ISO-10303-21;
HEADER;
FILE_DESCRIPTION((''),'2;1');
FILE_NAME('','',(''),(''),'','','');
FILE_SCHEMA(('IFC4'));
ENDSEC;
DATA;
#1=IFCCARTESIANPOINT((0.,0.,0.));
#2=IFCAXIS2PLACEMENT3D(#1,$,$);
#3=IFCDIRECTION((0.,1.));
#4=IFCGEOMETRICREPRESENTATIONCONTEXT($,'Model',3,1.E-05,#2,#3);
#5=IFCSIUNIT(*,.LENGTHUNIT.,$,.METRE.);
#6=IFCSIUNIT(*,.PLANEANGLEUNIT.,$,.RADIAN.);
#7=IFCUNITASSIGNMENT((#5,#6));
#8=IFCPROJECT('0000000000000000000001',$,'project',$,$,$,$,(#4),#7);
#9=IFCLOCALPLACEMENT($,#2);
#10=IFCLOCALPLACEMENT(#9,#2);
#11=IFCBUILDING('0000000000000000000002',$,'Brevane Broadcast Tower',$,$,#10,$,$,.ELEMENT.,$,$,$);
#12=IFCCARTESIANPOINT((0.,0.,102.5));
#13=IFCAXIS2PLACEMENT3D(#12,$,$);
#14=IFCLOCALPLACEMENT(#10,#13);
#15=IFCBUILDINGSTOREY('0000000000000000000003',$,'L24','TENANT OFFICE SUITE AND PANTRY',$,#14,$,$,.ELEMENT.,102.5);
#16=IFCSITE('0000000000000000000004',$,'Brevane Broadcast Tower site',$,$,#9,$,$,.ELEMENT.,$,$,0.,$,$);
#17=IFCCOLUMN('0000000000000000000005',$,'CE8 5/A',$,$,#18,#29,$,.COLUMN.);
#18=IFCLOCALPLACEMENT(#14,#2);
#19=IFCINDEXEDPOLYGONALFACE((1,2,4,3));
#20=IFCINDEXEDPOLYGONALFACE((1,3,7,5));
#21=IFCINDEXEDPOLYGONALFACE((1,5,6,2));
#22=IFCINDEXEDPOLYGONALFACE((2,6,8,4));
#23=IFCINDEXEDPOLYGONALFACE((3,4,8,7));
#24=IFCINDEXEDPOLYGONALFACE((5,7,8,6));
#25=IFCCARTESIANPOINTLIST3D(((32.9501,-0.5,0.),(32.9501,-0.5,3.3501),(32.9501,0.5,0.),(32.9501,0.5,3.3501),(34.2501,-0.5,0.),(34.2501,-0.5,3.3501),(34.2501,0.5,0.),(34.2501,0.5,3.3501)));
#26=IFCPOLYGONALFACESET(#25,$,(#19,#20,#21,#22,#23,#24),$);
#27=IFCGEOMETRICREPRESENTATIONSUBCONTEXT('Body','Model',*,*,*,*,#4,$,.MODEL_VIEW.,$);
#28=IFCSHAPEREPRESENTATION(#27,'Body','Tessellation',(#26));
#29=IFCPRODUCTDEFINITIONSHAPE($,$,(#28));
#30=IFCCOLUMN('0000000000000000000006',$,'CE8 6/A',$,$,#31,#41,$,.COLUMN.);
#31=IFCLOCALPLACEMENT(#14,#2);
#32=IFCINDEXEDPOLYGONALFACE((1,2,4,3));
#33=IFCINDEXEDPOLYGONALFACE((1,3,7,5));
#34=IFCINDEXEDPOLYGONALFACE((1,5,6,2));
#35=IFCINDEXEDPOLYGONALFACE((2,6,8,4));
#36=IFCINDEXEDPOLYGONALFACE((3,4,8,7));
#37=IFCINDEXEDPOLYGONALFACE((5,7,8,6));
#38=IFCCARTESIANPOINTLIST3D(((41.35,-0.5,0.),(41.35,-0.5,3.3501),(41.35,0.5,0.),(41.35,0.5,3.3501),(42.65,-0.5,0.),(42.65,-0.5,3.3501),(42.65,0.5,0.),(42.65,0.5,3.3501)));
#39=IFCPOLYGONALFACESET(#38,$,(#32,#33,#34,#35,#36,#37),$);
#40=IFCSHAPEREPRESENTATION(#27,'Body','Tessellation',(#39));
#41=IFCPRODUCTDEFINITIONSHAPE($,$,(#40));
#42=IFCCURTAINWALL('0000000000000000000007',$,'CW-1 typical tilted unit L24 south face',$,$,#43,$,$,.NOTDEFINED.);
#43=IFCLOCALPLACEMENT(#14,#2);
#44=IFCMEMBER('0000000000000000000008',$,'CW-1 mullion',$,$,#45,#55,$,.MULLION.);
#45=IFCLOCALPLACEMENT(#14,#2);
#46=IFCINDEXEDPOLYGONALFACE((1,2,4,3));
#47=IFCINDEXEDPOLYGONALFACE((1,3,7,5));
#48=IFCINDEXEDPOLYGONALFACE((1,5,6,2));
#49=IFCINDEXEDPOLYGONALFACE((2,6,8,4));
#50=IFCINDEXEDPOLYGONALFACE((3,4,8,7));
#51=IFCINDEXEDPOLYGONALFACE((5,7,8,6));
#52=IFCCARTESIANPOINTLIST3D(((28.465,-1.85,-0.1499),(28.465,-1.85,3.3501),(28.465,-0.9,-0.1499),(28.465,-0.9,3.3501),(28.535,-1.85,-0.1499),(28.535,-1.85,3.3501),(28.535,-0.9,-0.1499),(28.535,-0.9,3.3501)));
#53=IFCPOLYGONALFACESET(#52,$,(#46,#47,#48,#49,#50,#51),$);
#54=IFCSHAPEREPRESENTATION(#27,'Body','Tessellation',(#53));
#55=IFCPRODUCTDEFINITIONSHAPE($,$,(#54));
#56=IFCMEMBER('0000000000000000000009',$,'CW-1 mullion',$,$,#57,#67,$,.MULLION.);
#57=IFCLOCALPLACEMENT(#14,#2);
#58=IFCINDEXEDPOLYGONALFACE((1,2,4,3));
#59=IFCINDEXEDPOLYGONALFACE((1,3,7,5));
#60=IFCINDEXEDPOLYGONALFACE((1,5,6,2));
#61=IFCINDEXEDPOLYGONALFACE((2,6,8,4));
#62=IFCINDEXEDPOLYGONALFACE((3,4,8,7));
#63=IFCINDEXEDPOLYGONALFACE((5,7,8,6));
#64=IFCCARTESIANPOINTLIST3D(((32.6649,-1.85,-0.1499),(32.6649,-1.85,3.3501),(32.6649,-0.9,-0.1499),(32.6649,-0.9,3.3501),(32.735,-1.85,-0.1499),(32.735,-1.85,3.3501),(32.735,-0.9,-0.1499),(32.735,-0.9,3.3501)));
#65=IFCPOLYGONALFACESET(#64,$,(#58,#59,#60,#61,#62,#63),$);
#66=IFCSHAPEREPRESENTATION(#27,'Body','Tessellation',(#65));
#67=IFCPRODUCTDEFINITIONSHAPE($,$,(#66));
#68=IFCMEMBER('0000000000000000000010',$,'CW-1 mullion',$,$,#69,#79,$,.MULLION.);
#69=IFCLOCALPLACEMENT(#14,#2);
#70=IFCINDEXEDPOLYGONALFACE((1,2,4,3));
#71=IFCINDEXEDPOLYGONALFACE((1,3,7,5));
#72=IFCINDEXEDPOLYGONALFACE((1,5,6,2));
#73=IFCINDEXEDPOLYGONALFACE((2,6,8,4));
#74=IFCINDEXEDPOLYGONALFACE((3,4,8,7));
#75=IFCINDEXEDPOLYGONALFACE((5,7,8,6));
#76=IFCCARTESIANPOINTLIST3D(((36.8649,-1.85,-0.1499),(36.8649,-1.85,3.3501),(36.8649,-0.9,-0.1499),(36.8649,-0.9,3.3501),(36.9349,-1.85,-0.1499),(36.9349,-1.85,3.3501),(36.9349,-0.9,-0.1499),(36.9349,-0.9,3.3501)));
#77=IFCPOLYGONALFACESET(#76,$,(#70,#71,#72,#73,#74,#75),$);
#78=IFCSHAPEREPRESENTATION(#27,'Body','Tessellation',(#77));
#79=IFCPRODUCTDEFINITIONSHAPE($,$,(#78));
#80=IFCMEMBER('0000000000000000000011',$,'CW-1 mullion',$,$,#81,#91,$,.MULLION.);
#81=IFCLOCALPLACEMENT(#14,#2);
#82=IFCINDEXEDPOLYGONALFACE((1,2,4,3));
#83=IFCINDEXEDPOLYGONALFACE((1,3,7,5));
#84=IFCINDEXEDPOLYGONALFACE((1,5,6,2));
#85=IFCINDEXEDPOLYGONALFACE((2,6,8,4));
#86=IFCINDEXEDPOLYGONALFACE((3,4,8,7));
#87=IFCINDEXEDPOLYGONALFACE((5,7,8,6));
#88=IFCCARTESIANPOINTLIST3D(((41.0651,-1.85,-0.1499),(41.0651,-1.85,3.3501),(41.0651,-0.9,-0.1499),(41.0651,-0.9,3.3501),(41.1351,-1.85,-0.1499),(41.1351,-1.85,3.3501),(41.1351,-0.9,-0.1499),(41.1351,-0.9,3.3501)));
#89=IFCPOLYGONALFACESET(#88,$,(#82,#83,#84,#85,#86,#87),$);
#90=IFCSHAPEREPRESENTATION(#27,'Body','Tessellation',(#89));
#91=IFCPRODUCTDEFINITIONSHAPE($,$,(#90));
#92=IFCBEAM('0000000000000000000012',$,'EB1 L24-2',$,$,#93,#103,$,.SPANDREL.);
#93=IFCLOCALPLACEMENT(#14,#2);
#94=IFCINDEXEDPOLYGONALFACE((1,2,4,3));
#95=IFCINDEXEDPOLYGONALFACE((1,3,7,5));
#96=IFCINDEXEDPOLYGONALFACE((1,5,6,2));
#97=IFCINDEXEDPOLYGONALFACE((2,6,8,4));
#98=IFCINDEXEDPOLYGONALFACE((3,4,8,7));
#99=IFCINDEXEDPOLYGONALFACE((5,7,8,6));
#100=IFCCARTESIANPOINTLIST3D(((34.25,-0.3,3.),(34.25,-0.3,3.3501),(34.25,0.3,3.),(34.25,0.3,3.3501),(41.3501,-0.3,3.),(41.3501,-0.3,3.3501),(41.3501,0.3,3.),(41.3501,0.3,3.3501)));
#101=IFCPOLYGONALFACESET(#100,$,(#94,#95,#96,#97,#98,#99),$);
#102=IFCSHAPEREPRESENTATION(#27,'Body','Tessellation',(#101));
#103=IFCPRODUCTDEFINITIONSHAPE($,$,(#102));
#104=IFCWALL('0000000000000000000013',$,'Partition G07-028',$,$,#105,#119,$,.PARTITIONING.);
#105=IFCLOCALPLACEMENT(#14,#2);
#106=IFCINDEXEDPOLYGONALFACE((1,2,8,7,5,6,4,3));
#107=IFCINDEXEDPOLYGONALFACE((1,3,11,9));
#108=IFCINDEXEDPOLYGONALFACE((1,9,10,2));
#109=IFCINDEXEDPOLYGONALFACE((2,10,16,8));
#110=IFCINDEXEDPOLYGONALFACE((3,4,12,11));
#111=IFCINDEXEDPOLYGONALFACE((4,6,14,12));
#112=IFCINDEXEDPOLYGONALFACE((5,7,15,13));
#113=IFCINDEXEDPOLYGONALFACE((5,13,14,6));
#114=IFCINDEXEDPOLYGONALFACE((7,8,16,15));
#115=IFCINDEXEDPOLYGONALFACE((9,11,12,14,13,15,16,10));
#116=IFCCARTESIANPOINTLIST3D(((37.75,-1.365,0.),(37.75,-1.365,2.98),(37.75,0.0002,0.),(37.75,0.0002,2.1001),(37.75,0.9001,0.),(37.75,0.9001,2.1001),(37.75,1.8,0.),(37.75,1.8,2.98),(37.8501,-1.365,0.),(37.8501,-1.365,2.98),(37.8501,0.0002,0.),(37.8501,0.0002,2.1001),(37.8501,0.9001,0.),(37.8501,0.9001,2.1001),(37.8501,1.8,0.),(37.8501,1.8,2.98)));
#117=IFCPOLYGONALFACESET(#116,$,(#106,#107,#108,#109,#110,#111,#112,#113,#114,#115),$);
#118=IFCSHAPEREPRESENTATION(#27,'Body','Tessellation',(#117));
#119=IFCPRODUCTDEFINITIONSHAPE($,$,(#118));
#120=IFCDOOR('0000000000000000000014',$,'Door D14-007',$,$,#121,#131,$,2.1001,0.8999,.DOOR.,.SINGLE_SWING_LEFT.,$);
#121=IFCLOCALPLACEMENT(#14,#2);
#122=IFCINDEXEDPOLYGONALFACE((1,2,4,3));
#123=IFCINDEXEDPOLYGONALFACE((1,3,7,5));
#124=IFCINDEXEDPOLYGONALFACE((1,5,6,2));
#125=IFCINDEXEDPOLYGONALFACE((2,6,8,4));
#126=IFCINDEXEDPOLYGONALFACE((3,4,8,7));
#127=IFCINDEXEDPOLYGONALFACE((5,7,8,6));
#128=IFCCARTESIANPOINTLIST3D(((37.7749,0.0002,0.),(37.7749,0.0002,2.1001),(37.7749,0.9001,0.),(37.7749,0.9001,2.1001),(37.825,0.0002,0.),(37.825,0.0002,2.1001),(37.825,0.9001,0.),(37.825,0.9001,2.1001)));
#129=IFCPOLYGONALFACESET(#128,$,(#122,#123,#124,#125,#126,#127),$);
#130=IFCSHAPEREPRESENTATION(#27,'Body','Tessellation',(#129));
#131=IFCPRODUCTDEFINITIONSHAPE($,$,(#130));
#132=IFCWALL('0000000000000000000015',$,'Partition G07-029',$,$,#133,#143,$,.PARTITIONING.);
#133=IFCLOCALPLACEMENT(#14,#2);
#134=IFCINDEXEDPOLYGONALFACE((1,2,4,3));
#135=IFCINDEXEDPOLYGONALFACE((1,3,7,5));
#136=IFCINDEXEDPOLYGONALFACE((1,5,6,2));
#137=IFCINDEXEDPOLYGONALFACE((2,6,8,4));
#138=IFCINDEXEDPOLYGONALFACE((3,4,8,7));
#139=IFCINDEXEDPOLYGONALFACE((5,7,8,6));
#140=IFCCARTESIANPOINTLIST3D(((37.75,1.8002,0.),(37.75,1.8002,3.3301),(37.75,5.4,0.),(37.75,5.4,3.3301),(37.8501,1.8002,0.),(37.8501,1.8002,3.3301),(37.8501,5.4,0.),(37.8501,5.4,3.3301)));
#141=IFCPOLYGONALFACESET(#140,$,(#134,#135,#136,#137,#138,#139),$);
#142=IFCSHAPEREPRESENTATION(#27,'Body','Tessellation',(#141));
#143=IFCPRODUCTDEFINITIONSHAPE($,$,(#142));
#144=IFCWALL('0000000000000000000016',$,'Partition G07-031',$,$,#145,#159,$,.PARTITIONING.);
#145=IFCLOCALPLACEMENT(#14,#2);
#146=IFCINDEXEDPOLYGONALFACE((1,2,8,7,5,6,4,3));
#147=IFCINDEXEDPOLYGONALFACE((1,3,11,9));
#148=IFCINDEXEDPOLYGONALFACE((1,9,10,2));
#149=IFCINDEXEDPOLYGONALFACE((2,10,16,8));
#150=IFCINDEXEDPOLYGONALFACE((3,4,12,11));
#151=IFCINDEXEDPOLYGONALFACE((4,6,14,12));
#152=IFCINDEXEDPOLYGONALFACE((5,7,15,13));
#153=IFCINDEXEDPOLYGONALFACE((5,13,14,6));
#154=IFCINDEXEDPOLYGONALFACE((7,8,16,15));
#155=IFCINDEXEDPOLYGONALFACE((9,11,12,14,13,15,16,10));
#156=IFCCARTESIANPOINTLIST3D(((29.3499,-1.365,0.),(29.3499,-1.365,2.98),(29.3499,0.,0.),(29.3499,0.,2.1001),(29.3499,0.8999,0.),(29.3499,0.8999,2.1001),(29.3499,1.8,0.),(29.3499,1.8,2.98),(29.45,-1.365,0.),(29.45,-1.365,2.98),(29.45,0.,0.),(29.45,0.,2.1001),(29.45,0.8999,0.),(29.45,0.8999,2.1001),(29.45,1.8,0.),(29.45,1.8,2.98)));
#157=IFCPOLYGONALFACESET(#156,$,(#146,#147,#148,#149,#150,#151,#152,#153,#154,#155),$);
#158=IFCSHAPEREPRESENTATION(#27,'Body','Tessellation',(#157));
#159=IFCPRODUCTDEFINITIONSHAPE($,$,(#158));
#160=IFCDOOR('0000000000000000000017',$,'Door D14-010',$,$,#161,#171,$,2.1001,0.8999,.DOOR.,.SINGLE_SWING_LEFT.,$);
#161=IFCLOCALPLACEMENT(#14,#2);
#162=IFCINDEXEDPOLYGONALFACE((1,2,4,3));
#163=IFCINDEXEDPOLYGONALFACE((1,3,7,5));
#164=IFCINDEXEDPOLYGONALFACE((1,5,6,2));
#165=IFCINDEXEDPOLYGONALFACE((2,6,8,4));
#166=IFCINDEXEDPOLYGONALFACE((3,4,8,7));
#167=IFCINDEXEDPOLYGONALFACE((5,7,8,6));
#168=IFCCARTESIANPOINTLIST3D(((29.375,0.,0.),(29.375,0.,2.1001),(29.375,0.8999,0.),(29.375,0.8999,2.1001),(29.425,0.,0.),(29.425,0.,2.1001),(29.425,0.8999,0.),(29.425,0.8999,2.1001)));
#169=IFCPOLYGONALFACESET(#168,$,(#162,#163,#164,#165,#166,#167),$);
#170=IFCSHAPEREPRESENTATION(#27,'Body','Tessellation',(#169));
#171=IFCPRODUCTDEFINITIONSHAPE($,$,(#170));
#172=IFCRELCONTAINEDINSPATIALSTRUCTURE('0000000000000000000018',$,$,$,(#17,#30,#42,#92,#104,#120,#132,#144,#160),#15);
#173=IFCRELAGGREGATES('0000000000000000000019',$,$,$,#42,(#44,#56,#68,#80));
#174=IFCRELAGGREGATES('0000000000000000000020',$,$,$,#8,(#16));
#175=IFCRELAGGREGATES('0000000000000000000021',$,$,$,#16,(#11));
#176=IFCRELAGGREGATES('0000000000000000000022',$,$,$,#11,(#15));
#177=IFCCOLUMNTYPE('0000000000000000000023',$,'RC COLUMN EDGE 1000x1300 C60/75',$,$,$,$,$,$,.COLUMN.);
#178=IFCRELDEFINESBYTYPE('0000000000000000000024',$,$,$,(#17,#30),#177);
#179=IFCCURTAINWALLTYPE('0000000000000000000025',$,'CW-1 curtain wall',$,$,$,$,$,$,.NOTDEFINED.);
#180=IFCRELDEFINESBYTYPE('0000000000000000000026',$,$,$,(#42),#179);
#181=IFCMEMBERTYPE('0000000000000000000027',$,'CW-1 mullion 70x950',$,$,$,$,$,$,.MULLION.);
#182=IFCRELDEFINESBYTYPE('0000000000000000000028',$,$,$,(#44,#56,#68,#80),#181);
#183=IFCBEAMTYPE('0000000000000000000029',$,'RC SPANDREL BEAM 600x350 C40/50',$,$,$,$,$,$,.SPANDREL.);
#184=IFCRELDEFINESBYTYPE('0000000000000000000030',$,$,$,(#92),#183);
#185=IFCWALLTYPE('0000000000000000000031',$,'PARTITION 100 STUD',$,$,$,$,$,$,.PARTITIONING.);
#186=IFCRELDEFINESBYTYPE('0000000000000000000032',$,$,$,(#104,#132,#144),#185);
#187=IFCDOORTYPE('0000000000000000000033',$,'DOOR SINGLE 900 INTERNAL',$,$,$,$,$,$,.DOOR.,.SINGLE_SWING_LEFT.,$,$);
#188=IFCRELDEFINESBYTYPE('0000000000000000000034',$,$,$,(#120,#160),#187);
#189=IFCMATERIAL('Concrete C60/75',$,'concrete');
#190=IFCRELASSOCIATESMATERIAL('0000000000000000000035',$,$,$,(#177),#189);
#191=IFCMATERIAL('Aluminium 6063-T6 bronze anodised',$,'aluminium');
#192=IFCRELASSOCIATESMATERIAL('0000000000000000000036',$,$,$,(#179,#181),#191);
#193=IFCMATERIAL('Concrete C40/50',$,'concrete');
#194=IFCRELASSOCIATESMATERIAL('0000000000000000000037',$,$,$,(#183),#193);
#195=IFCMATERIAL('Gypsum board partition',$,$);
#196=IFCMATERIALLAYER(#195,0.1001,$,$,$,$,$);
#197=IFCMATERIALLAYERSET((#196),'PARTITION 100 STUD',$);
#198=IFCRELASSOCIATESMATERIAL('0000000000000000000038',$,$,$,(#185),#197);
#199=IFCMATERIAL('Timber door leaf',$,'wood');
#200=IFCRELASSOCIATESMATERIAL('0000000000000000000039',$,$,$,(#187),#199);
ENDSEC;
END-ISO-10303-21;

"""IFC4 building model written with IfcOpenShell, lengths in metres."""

from ifc_helpers import new_model, si_unit, direction, frame, frame_2d, origin, origin_2d, place, context, subcontext, project, spatial, rectangle, extrude, material, layer, layer_set, material_profile, profile_set, type_object, element, fill, aggregate, save


model = new_model("IFC4")

# Units and contexts
model_context = context("Model", 3, precision=1e-05, world=origin(), true_north=direction((0.0, 1.0)))
body_context = subcontext(model_context, "Body", "Model", "MODEL_VIEW")
ifc_project = project(units=[si_unit("LENGTHUNIT", "METRE"), si_unit("PLANEANGLEUNIT", "RADIAN")], contexts=[model_context])

# Site, building, storey
site_placement = place(None, origin())
site = spatial("IfcSite", under=ifc_project, at=site_placement, Name="Brevane Broadcast Tower site", CompositionType="ELEMENT", RefElevation=0.0)
building_placement = place(site_placement, origin())
building = spatial("IfcBuilding", under=site, at=building_placement, Name="Brevane Broadcast Tower", CompositionType="ELEMENT")
storey_placement = place(building_placement, frame((0.0, 0.0, 102.5)))
storey = spatial("IfcBuildingStorey", under=building, at=storey_placement, Name="L24", Description="TENANT OFFICE SUITE AND PANTRY", CompositionType="ELEMENT", Elevation=102.5)

# Columns
ifc_material_1 = material(Name="Concrete C60/75", Category="concrete")
ifc_material_profile_1 = material_profile(ifc_material_1, rectangle(XDim=1.0, YDim=1.3, at=origin_2d()), Name="RC 1000x1300")
ifc_profile_set_1 = profile_set([ifc_material_profile_1], Name="Concrete C60/75")
column_type = type_object("IfcColumnType", Name="RC COLUMN EDGE 1000x1300 C60/75", PredefinedType="COLUMN", material=ifc_profile_set_1)
for number, where, z_axis, x_axis, name in (
    (1, (33.6001, 0.0, 0.0), (0.0, 0.0, 1.0), (0.0, 1.0, 0.0), "CE8 5/A"),
    (2, (42.0, 0.0, 0.0), (0.0, 0.0, 1.0), (0.0, 1.0, 0.0), "CE8 6/A"),
):
    element("IfcColumn", number, at=place(storey_placement, frame(where, z_axis=z_axis, x_axis=x_axis)), inside=storey, type_object=column_type, Name=name, PredefinedType="COLUMN", context=body_context, shape_type="SweptSolid", body=[
        extrude(rectangle(XDim=1.0, YDim=1.3, at=origin_2d()), origin(), (0.0, 0.0, 1.0), 3.3501),
    ])

# Curtain wall, members
ifc_material_2 = material(Name="Aluminium 6063-T6 bronze anodised", Category="aluminium")
curtain_wall_type = type_object("IfcCurtainWallType", Name="CW-1 curtain wall", PredefinedType="NOTDEFINED", material=ifc_material_2)
curtain_wall_placement = place(storey_placement, origin())
curtain_wall = element("IfcCurtainWall", 3, at=curtain_wall_placement, inside=storey, type_object=curtain_wall_type, Name="CW-1 typical tilted unit L24 south face", PredefinedType="NOTDEFINED")
ifc_material_profile_2 = material_profile(ifc_material_2, rectangle(XDim=0.95, YDim=0.0701, at=origin_2d()), Name="RECT 70x950")
ifc_profile_set_2 = profile_set([ifc_material_profile_2], Name="Aluminium 6063-T6 bronze anodised")
member_type = type_object("IfcMemberType", Name="CW-1 mullion 70x950", PredefinedType="MULLION", material=ifc_profile_set_2)
member_1_placement = place(storey_placement, frame((28.5, -1.375, -0.1499), z_axis=(0.0, 0.0, 1.0), x_axis=(0.0, 1.0, 0.0)))
member_1 = element("IfcMember", 4, at=member_1_placement, type_object=member_type, Name="CW-1 mullion", PredefinedType="MULLION", context=body_context, shape_type="SweptSolid", body=[
    extrude(rectangle(XDim=0.95, YDim=0.0701, at=origin_2d()), origin(), (0.0, 0.0, 1.0), 3.5),
])
member_2_placement = place(storey_placement, frame((32.7, -1.375, -0.1499), z_axis=(0.0, 0.0, 1.0), x_axis=(0.0, 1.0, 0.0)))
member_2 = element("IfcMember", 5, at=member_2_placement, type_object=member_type, Name="CW-1 mullion", PredefinedType="MULLION", context=body_context, shape_type="SweptSolid", body=[
    extrude(rectangle(XDim=0.95, YDim=0.0701, at=origin_2d()), origin(), (0.0, 0.0, 1.0), 3.5),
])
member_3_placement = place(storey_placement, frame((36.8999, -1.375, -0.1499), z_axis=(0.0, 0.0, 1.0), x_axis=(0.0, 1.0, 0.0)))
member_3 = element("IfcMember", 6, at=member_3_placement, type_object=member_type, Name="CW-1 mullion", PredefinedType="MULLION", context=body_context, shape_type="SweptSolid", body=[
    extrude(rectangle(XDim=0.95, YDim=0.0701, at=origin_2d()), origin(), (0.0, 0.0, 1.0), 3.5),
])
member_4_placement = place(storey_placement, frame((41.1001, -1.375, -0.1499), z_axis=(0.0, 0.0, 1.0), x_axis=(0.0, 1.0, 0.0)))
member_4 = element("IfcMember", 7, at=member_4_placement, type_object=member_type, Name="CW-1 mullion", PredefinedType="MULLION", context=body_context, shape_type="SweptSolid", body=[
    extrude(rectangle(XDim=0.95, YDim=0.0701, at=origin_2d()), origin(), (0.0, 0.0, 1.0), 3.5),
])
aggregate(curtain_wall, [member_1, member_2, member_3, member_4])

# Beam
ifc_material_3 = material(Name="Concrete C40/50", Category="concrete")
ifc_material_profile_3 = material_profile(ifc_material_3, rectangle(XDim=0.6001, YDim=0.3501, at=origin_2d()), Name="RC 600x350")
ifc_profile_set_3 = profile_set([ifc_material_profile_3], Name="Concrete C40/50")
beam_type = type_object("IfcBeamType", Name="RC SPANDREL BEAM 600x350 C40/50", PredefinedType="SPANDREL", material=ifc_profile_set_3)
beam_placement = place(storey_placement, frame((34.25, 0.0, 3.175), z_axis=(1.0, 0.0, 0.0), x_axis=(0.0, 1.0, 0.0)))
element("IfcBeam", 8, at=beam_placement, inside=storey, type_object=beam_type, Name="EB1 L24-2", PredefinedType="SPANDREL", context=body_context, shape_type="SweptSolid", body=[
    extrude(rectangle(XDim=0.6001, YDim=0.3501, at=origin_2d()), origin(), (0.0, 0.0, 1.0), 7.1001),
])

# Wall, opening, door
ifc_material_4 = material(Name="Gypsum board partition")
ifc_layer_1 = layer(ifc_material_4, 0.1001)
ifc_layer_set_1 = layer_set([ifc_layer_1], Name="PARTITION 100 STUD")
wall_type_1 = type_object("IfcWallType", Name="PARTITION 100 STUD", PredefinedType="PARTITIONING", material=ifc_layer_set_1)
wall_1_placement = place(storey_placement, frame((37.8, 1.8, 0.0), z_axis=(0.0, 0.0, 1.0), x_axis=(0.0, -1.0, 0.0)))
wall_1 = element("IfcWall", 9, at=wall_1_placement, inside=storey, type_object=wall_type_1, Name="Partition G07-028", PredefinedType="PARTITIONING", context=body_context, shape_type="SweptSolid", body=[
    extrude(rectangle(XDim=3.165, YDim=0.1001, at=frame_2d((1.5825, 0.0))), origin(), (0.0, 0.0, 1.0), 2.98),
])
opening_1_placement = place(wall_1_placement, frame((0.8999, 0.0, 0.0)))
opening_1 = element("IfcOpeningElement", 10, at=opening_1_placement, cuts=wall_1, PredefinedType="OPENING", context=body_context, shape_type="SweptSolid", body=[
    extrude(rectangle(XDim=0.8999, YDim=2.1001, at=frame_2d((0.45, 1.05))), frame((0.0, 0.0601, 0.0), z_axis=(0.0, -1.0, 0.0), x_axis=(1.0, 0.0, 0.0)), (0.0, 0.0, 1.0), 0.1201),
])
ifc_material_5 = material(Name="Timber door leaf", Category="wood")
door_type = type_object("IfcDoorType", Name="DOOR SINGLE 900 INTERNAL", OperationType="SINGLE_SWING_LEFT", PredefinedType="DOOR", material=ifc_material_5)
door_1_placement = place(opening_1_placement, origin())
door_1 = element("IfcDoor", 11, at=door_1_placement, inside=storey, type_object=door_type, Name="Door D14-007", OperationType="SINGLE_SWING_LEFT", OverallHeight=2.1001, OverallWidth=0.8999, PredefinedType="DOOR", context=body_context, shape_type="SweptSolid", body=[
    extrude(rectangle(XDim=0.8999, YDim=2.1001, at=frame_2d((0.45, 1.05))), frame((0.0, 0.0249, 0.0), z_axis=(0.0, -1.0, 0.0), x_axis=(1.0, 0.0, 0.0)), (0.0, 0.0, 1.0), 0.05),
])
fill(opening_1, door_1)

# Wall
wall_2_placement = place(storey_placement, frame((37.8, 5.3999, 0.0), z_axis=(0.0, 0.0, 1.0), x_axis=(0.0, -1.0, 0.0)))
element("IfcWall", 12, at=wall_2_placement, inside=storey, type_object=wall_type_1, Name="Partition G07-029", PredefinedType="PARTITIONING", context=body_context, shape_type="SweptSolid", body=[
    extrude(rectangle(XDim=3.5999, YDim=0.1001, at=frame_2d((1.7998, 0.0))), origin(), (0.0, 0.0, 1.0), 3.3301),
])

# Wall, opening, door
wall_3_placement = place(storey_placement, frame((29.3999, -1.365, 0.0), z_axis=(0.0, 0.0, 1.0), x_axis=(0.0, 1.0, 0.0)))
wall_3 = element("IfcWall", 13, at=wall_3_placement, inside=storey, type_object=wall_type_1, Name="Partition G07-031", PredefinedType="PARTITIONING", context=body_context, shape_type="SweptSolid", body=[
    extrude(rectangle(XDim=3.165, YDim=0.1001, at=frame_2d((1.5825, 0.0))), origin(), (0.0, 0.0, 1.0), 2.98),
])
opening_2_placement = place(wall_3_placement, frame((1.365, 0.0, 0.0)))
opening_2 = element("IfcOpeningElement", 14, at=opening_2_placement, cuts=wall_3, PredefinedType="OPENING", context=body_context, shape_type="SweptSolid", body=[
    extrude(rectangle(XDim=0.8999, YDim=2.1001, at=frame_2d((0.45, 1.05))), frame((0.0, 0.0601, 0.0), z_axis=(0.0, -1.0, 0.0), x_axis=(1.0, 0.0, 0.0)), (0.0, 0.0, 1.0), 0.1201),
])
door_2_placement = place(opening_2_placement, origin())
door_2 = element("IfcDoor", 15, at=door_2_placement, inside=storey, type_object=door_type, Name="Door D14-010", OperationType="SINGLE_SWING_LEFT", OverallHeight=2.1001, OverallWidth=0.8999, PredefinedType="DOOR", context=body_context, shape_type="SweptSolid", body=[
    extrude(rectangle(XDim=0.8999, YDim=2.1001, at=frame_2d((0.45, 1.05))), frame((0.0, 0.0249, 0.0), z_axis=(0.0, -1.0, 0.0), x_axis=(1.0, 0.0, 0.0)), (0.0, 0.0, 1.0), 0.05),
])
fill(opening_2, door_2)

save(model, "model.ifc")
